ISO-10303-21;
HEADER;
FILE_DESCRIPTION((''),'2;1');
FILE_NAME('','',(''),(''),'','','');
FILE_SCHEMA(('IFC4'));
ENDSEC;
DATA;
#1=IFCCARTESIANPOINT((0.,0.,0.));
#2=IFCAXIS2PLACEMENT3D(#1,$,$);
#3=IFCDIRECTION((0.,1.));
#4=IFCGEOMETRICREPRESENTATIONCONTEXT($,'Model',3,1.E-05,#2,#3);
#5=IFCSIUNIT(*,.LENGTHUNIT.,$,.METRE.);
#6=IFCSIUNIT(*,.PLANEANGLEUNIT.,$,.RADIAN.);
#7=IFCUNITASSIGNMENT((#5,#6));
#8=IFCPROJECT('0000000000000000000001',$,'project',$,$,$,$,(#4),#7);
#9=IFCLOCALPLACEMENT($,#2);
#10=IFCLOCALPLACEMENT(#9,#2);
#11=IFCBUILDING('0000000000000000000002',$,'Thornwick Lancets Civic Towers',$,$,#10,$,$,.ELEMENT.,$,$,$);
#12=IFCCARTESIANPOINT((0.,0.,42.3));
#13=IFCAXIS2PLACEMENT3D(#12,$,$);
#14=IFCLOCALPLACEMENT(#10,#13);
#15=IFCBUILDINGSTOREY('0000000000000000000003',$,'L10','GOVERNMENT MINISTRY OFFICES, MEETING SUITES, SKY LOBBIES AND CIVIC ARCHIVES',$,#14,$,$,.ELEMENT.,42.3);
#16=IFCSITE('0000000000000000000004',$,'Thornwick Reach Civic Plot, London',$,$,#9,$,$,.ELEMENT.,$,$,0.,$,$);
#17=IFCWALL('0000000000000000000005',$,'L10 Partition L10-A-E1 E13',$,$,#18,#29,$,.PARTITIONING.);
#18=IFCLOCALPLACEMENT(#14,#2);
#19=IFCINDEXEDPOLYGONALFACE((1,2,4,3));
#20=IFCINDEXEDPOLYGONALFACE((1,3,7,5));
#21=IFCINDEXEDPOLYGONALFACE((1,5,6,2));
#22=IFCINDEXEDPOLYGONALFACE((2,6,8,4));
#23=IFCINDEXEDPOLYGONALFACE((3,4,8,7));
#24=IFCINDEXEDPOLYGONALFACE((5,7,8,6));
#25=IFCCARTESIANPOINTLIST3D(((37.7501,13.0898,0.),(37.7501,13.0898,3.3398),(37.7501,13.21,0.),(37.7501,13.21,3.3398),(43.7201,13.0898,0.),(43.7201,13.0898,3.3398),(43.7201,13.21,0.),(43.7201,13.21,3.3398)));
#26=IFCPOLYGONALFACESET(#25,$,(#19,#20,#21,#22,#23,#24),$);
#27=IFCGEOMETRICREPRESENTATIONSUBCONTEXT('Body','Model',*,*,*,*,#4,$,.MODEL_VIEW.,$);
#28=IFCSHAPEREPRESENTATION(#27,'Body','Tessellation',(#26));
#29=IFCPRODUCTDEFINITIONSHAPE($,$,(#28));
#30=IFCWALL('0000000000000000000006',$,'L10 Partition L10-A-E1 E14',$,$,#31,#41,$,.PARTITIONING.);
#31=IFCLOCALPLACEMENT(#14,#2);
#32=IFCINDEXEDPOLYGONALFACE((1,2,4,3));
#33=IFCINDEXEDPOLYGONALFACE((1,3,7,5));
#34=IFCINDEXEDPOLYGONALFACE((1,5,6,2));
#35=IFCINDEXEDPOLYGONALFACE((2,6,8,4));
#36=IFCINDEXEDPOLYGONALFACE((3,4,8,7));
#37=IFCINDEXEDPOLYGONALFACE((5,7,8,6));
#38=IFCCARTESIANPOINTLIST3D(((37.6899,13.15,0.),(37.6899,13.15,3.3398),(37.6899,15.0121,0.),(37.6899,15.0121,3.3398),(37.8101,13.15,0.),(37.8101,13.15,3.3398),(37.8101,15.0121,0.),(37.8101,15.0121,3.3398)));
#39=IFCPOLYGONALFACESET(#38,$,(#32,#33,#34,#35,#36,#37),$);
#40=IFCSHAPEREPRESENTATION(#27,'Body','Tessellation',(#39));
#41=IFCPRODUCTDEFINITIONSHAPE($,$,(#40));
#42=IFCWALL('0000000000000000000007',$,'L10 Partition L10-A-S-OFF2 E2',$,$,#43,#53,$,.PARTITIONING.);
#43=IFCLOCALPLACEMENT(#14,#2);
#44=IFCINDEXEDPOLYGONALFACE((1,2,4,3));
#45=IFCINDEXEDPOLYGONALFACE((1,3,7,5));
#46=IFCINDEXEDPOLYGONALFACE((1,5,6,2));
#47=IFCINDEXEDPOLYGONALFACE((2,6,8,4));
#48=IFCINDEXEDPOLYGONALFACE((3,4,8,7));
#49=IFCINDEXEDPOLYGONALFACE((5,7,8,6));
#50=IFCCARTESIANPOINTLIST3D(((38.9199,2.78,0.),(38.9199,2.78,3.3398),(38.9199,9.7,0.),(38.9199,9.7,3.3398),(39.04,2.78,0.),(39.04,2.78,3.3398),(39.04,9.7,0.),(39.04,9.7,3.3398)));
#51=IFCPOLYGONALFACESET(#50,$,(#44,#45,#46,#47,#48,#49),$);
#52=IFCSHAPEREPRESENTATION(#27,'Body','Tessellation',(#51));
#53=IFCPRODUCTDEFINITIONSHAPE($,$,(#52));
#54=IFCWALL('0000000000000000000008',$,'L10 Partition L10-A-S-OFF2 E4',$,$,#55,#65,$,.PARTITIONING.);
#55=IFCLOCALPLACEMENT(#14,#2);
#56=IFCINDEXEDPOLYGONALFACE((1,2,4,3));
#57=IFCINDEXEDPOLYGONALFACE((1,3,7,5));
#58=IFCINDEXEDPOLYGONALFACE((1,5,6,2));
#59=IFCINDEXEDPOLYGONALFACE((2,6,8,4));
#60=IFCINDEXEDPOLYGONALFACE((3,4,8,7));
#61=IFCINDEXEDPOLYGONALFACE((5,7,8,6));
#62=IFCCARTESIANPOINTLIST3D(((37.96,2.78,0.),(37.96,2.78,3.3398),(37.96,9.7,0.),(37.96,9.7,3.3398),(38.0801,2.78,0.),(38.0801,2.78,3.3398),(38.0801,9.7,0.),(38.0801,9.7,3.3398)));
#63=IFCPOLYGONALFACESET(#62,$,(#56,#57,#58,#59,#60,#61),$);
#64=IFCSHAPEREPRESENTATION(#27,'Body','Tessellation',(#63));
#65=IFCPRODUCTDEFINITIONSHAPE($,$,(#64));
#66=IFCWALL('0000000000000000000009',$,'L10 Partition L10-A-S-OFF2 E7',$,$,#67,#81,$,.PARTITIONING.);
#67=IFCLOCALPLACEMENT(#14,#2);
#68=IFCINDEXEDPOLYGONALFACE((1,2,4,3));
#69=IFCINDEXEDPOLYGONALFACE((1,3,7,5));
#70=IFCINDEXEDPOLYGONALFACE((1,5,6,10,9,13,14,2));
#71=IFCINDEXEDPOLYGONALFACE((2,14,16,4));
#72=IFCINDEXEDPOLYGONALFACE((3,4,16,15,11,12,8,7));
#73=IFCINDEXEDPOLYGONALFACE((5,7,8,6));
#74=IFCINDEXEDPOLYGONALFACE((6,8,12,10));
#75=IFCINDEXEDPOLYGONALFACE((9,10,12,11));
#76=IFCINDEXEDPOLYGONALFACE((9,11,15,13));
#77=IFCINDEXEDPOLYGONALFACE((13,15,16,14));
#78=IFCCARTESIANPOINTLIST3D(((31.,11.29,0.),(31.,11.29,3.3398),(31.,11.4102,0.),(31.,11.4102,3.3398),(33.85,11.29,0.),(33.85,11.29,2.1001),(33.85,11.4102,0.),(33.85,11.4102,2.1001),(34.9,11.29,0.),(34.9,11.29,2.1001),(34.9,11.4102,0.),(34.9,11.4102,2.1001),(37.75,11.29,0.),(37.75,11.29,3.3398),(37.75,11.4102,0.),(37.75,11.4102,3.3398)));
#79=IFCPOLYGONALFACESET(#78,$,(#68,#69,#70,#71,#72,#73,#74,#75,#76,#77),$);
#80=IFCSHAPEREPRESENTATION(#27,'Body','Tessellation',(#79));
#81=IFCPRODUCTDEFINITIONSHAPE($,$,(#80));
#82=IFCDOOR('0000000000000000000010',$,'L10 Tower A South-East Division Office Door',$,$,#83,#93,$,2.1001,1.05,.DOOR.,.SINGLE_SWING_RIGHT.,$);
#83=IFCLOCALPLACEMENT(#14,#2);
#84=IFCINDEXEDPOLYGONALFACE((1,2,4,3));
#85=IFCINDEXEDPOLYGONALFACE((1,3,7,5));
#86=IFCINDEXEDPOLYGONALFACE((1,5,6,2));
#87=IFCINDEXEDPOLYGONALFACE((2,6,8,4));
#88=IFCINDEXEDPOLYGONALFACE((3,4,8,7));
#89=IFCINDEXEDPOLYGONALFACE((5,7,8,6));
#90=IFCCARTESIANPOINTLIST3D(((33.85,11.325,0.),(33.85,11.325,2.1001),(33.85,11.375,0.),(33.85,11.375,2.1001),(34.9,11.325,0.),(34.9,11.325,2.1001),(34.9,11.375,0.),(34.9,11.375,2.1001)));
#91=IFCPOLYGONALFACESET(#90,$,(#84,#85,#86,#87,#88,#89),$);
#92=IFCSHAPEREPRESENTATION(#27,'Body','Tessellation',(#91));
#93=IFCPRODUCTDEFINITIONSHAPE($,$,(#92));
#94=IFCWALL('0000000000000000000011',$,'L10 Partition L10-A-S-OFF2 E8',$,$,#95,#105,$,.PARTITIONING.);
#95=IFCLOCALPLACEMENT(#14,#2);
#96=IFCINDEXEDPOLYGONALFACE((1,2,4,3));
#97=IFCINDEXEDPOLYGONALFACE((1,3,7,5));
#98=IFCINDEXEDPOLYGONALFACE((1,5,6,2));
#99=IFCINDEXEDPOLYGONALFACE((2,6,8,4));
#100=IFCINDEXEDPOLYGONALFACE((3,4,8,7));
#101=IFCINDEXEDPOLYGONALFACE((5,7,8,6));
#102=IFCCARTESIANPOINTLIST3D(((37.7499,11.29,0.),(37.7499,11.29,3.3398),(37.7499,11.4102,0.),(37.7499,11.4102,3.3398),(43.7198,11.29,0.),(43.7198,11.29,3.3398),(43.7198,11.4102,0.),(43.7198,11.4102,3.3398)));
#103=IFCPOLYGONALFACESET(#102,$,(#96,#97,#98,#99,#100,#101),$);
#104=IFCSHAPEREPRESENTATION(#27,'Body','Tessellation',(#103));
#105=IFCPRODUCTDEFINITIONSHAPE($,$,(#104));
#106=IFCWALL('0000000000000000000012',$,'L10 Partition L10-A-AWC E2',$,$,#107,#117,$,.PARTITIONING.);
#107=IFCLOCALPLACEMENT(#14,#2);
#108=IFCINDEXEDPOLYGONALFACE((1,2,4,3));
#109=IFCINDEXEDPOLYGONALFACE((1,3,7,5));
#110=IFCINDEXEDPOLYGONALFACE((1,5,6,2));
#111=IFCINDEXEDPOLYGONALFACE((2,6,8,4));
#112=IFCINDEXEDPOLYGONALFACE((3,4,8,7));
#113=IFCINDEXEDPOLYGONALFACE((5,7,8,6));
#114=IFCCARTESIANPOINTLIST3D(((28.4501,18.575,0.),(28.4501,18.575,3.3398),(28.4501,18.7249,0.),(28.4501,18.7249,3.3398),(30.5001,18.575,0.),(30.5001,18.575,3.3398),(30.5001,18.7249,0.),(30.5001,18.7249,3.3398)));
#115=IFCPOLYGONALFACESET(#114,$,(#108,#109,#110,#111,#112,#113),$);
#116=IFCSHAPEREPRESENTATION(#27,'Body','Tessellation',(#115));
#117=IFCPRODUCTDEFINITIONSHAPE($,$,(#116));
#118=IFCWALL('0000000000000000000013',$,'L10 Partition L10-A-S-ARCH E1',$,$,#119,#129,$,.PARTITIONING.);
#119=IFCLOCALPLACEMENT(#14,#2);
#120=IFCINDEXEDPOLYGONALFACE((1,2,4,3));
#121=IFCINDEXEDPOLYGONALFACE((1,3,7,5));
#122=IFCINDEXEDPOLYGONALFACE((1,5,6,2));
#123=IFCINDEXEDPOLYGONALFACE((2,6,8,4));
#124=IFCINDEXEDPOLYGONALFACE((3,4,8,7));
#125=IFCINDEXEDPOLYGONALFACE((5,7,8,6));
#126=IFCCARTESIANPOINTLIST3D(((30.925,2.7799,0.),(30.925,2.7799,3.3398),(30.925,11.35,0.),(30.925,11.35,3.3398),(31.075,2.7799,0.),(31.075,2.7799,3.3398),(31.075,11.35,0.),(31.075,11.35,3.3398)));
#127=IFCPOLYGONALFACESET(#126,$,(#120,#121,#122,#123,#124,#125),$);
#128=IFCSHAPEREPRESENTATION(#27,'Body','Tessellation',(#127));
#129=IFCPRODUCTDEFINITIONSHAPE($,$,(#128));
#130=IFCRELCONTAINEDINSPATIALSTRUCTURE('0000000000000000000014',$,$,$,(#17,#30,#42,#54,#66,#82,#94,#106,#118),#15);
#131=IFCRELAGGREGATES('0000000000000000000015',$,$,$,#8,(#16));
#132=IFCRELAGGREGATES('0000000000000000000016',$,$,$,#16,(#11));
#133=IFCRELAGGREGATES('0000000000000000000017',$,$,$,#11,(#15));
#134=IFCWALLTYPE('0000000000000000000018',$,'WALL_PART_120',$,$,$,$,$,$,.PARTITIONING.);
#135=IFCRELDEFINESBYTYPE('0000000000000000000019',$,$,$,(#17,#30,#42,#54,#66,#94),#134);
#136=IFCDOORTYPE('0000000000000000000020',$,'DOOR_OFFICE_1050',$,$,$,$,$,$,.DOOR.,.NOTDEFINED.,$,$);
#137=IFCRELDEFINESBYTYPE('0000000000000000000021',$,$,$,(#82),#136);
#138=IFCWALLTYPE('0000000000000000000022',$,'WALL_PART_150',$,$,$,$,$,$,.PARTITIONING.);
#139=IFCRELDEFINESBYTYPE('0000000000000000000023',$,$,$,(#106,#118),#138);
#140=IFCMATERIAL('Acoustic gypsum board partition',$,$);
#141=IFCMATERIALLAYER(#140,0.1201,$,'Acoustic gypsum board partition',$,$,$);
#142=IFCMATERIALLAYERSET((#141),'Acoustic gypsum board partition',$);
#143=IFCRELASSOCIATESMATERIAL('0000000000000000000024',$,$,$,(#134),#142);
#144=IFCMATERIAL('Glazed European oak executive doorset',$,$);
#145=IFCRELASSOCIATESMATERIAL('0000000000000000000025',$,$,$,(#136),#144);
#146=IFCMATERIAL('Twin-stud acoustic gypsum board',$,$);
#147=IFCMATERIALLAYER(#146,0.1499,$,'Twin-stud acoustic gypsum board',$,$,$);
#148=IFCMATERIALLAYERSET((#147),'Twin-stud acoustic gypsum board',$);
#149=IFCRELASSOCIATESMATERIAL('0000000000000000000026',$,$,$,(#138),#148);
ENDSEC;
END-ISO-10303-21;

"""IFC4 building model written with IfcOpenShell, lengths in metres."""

from ifc_helpers import new_model, si_unit, direction, frame, frame_2d, origin, place, context, subcontext, project, spatial, rectangle, extrude, material, layer, layer_set, type_object, element, fill, save


model = new_model("IFC4")

# Units and contexts
model_context = context("Model", 3, precision=1e-05, world=origin(), true_north=direction((0.0, 1.0)))
body_context = subcontext(model_context, "Body", "Model", "MODEL_VIEW")
ifc_project = project(units=[si_unit("LENGTHUNIT", "METRE"), si_unit("PLANEANGLEUNIT", "RADIAN")], contexts=[model_context])

# Site, building, storey
site_placement = place(None, origin())
site = spatial("IfcSite", under=ifc_project, at=site_placement, Name="Thornwick Reach Civic Plot, London", CompositionType="ELEMENT", RefElevation=0.0)
building_placement = place(site_placement, origin())
building = spatial("IfcBuilding", under=site, at=building_placement, Name="Thornwick Lancets Civic Towers", CompositionType="ELEMENT")
storey_placement = place(building_placement, frame((0.0, 0.0, 42.3)))
storey = spatial("IfcBuildingStorey", under=building, at=storey_placement, Name="L10", Description="GOVERNMENT MINISTRY OFFICES, MEETING SUITES, SKY LOBBIES AND CIVIC ARCHIVES", CompositionType="ELEMENT", Elevation=42.3)

# Walls
ifc_material_1 = material(Name="Acoustic gypsum board partition")
ifc_layer_1 = layer(ifc_material_1, 0.1201, Name="Acoustic gypsum board partition")
ifc_layer_set_1 = layer_set([ifc_layer_1], Name="Acoustic gypsum board partition")
wall_type_1 = type_object("IfcWallType", Name="WALL_PART_120", PredefinedType="PARTITIONING", material=ifc_layer_set_1)
wall_1_placement = place(storey_placement, frame((43.72, 13.1499, 0.0), z_axis=(0.0, 0.0, 1.0), x_axis=(-1.0, 0.0, 0.0)))
element("IfcWall", 1, at=wall_1_placement, inside=storey, type_object=wall_type_1, Name="L10 Partition L10-A-E1 E13", PredefinedType="PARTITIONING", context=body_context, shape_type="SweptSolid", body=[
    extrude(rectangle(XDim=5.97, YDim=0.1201, at=frame_2d((2.9849, 0.0))), origin(), (0.0, 0.0, 1.0), 3.3398),
])
wall_2_placement = place(storey_placement, frame((37.75, 13.1499, 0.0), z_axis=(0.0, 0.0, 1.0), x_axis=(0.0, 1.0, 0.0)))
element("IfcWall", 2, at=wall_2_placement, inside=storey, type_object=wall_type_1, Name="L10 Partition L10-A-E1 E14", PredefinedType="PARTITIONING", context=body_context, shape_type="SweptSolid", body=[
    extrude(rectangle(XDim=1.8621, YDim=0.1201, at=frame_2d((0.9312, 0.0))), origin(), (0.0, 0.0, 1.0), 3.3398),
])
for number, where, z_axis, x_axis, name in (
    (3, (38.98, 2.78, 0.0), (0.0, 0.0, 1.0), (0.0, 1.0, 0.0), "L10 Partition L10-A-S-OFF2 E2"),
    (4, (38.02, 9.7, 0.0), (0.0, 0.0, 1.0), (0.0, -1.0, 0.0), "L10 Partition L10-A-S-OFF2 E4"),
):
    element("IfcWall", number, at=place(storey_placement, frame(where, z_axis=z_axis, x_axis=x_axis)), inside=storey, type_object=wall_type_1, Name=name, PredefinedType="PARTITIONING", context=body_context, shape_type="SweptSolid", body=[
        extrude(rectangle(XDim=6.9199, YDim=0.1201, at=frame_2d((3.46, 0.0))), origin(), (0.0, 0.0, 1.0), 3.3398),
    ])

# Wall, opening, door
wall_3_placement = place(storey_placement, frame((31.0, 11.3501, 0.0), z_axis=(0.0, 0.0, 1.0), x_axis=(1.0, 0.0, 0.0)))
wall_3 = element("IfcWall", 5, at=wall_3_placement, inside=storey, type_object=wall_type_1, Name="L10 Partition L10-A-S-OFF2 E7", PredefinedType="PARTITIONING", context=body_context, shape_type="SweptSolid", body=[
    extrude(rectangle(XDim=6.75, YDim=0.1201, at=frame_2d((3.375, 0.0))), origin(), (0.0, 0.0, 1.0), 3.3398),
])
opening_1_placement = place(wall_3_placement, frame((2.8501, 0.0, 0.0)))
opening_1 = element("IfcOpeningElement", 6, at=opening_1_placement, cuts=wall_3, PredefinedType="OPENING", context=body_context, shape_type="SweptSolid", body=[
    extrude(rectangle(XDim=1.05, YDim=2.1001, at=frame_2d((0.5249, 1.05))), frame((0.0, 0.0701, 0.0), z_axis=(0.0, -1.0, 0.0), x_axis=(1.0, 0.0, 0.0)), (0.0, 0.0, 1.0), 0.1401),
])
ifc_material_2 = material(Name="Glazed European oak executive doorset")
door_type_1 = type_object("IfcDoorType", Name="DOOR_OFFICE_1050", OperationType="NOTDEFINED", PredefinedType="DOOR", material=ifc_material_2)
door_1_placement = place(opening_1_placement, origin())
door_1 = element("IfcDoor", 7, at=door_1_placement, inside=storey, type_object=door_type_1, Name="L10 Tower A South-East Division Office Door", OperationType="SINGLE_SWING_RIGHT", OverallHeight=2.1001, OverallWidth=1.05, PredefinedType="DOOR", context=body_context, shape_type="SweptSolid", body=[
    extrude(rectangle(XDim=1.05, YDim=2.1001, at=frame_2d((0.5249, 1.05))), frame((0.0, 0.0249, 0.0), z_axis=(0.0, -1.0, 0.0), x_axis=(1.0, 0.0, 0.0)), (0.0, 0.0, 1.0), 0.05),
])
fill(opening_1, door_1)

# Walls
wall_4_placement = place(storey_placement, frame((37.75, 11.3501, 0.0), z_axis=(0.0, 0.0, 1.0), x_axis=(1.0, 0.0, 0.0)))
element("IfcWall", 8, at=wall_4_placement, inside=storey, type_object=wall_type_1, Name="L10 Partition L10-A-S-OFF2 E8", PredefinedType="PARTITIONING", context=body_context, shape_type="SweptSolid", body=[
    extrude(rectangle(XDim=5.97, YDim=0.1201, at=frame_2d((2.9849, 0.0))), origin(), (0.0, 0.0, 1.0), 3.3398),
])
ifc_material_3 = material(Name="Twin-stud acoustic gypsum board")
ifc_layer_2 = layer(ifc_material_3, 0.1499, Name="Twin-stud acoustic gypsum board")
ifc_layer_set_2 = layer_set([ifc_layer_2], Name="Twin-stud acoustic gypsum board")
wall_type_2 = type_object("IfcWallType", Name="WALL_PART_150", PredefinedType="PARTITIONING", material=ifc_layer_set_2)
wall_5_placement = place(storey_placement, frame((30.5, 18.6499, 0.0), z_axis=(0.0, 0.0, 1.0), x_axis=(-1.0, 0.0, 0.0)))
element("IfcWall", 9, at=wall_5_placement, inside=storey, type_object=wall_type_2, Name="L10 Partition L10-A-AWC E2", PredefinedType="PARTITIONING", context=body_context, shape_type="SweptSolid", body=[
    extrude(rectangle(XDim=2.05, YDim=0.1499, at=frame_2d((1.0249, 0.0))), origin(), (0.0, 0.0, 1.0), 3.3398),
])
wall_6_placement = place(storey_placement, frame((31.0, 11.3501, 0.0), z_axis=(0.0, 0.0, 1.0), x_axis=(0.0, -1.0, 0.0)))
element("IfcWall", 10, at=wall_6_placement, inside=storey, type_object=wall_type_2, Name="L10 Partition L10-A-S-ARCH E1", PredefinedType="PARTITIONING", context=body_context, shape_type="SweptSolid", body=[
    extrude(rectangle(XDim=8.5701, YDim=0.1499, at=frame_2d((4.2852, 0.0))), origin(), (0.0, 0.0, 1.0), 3.3398),
])

save(model, "model.ifc")
